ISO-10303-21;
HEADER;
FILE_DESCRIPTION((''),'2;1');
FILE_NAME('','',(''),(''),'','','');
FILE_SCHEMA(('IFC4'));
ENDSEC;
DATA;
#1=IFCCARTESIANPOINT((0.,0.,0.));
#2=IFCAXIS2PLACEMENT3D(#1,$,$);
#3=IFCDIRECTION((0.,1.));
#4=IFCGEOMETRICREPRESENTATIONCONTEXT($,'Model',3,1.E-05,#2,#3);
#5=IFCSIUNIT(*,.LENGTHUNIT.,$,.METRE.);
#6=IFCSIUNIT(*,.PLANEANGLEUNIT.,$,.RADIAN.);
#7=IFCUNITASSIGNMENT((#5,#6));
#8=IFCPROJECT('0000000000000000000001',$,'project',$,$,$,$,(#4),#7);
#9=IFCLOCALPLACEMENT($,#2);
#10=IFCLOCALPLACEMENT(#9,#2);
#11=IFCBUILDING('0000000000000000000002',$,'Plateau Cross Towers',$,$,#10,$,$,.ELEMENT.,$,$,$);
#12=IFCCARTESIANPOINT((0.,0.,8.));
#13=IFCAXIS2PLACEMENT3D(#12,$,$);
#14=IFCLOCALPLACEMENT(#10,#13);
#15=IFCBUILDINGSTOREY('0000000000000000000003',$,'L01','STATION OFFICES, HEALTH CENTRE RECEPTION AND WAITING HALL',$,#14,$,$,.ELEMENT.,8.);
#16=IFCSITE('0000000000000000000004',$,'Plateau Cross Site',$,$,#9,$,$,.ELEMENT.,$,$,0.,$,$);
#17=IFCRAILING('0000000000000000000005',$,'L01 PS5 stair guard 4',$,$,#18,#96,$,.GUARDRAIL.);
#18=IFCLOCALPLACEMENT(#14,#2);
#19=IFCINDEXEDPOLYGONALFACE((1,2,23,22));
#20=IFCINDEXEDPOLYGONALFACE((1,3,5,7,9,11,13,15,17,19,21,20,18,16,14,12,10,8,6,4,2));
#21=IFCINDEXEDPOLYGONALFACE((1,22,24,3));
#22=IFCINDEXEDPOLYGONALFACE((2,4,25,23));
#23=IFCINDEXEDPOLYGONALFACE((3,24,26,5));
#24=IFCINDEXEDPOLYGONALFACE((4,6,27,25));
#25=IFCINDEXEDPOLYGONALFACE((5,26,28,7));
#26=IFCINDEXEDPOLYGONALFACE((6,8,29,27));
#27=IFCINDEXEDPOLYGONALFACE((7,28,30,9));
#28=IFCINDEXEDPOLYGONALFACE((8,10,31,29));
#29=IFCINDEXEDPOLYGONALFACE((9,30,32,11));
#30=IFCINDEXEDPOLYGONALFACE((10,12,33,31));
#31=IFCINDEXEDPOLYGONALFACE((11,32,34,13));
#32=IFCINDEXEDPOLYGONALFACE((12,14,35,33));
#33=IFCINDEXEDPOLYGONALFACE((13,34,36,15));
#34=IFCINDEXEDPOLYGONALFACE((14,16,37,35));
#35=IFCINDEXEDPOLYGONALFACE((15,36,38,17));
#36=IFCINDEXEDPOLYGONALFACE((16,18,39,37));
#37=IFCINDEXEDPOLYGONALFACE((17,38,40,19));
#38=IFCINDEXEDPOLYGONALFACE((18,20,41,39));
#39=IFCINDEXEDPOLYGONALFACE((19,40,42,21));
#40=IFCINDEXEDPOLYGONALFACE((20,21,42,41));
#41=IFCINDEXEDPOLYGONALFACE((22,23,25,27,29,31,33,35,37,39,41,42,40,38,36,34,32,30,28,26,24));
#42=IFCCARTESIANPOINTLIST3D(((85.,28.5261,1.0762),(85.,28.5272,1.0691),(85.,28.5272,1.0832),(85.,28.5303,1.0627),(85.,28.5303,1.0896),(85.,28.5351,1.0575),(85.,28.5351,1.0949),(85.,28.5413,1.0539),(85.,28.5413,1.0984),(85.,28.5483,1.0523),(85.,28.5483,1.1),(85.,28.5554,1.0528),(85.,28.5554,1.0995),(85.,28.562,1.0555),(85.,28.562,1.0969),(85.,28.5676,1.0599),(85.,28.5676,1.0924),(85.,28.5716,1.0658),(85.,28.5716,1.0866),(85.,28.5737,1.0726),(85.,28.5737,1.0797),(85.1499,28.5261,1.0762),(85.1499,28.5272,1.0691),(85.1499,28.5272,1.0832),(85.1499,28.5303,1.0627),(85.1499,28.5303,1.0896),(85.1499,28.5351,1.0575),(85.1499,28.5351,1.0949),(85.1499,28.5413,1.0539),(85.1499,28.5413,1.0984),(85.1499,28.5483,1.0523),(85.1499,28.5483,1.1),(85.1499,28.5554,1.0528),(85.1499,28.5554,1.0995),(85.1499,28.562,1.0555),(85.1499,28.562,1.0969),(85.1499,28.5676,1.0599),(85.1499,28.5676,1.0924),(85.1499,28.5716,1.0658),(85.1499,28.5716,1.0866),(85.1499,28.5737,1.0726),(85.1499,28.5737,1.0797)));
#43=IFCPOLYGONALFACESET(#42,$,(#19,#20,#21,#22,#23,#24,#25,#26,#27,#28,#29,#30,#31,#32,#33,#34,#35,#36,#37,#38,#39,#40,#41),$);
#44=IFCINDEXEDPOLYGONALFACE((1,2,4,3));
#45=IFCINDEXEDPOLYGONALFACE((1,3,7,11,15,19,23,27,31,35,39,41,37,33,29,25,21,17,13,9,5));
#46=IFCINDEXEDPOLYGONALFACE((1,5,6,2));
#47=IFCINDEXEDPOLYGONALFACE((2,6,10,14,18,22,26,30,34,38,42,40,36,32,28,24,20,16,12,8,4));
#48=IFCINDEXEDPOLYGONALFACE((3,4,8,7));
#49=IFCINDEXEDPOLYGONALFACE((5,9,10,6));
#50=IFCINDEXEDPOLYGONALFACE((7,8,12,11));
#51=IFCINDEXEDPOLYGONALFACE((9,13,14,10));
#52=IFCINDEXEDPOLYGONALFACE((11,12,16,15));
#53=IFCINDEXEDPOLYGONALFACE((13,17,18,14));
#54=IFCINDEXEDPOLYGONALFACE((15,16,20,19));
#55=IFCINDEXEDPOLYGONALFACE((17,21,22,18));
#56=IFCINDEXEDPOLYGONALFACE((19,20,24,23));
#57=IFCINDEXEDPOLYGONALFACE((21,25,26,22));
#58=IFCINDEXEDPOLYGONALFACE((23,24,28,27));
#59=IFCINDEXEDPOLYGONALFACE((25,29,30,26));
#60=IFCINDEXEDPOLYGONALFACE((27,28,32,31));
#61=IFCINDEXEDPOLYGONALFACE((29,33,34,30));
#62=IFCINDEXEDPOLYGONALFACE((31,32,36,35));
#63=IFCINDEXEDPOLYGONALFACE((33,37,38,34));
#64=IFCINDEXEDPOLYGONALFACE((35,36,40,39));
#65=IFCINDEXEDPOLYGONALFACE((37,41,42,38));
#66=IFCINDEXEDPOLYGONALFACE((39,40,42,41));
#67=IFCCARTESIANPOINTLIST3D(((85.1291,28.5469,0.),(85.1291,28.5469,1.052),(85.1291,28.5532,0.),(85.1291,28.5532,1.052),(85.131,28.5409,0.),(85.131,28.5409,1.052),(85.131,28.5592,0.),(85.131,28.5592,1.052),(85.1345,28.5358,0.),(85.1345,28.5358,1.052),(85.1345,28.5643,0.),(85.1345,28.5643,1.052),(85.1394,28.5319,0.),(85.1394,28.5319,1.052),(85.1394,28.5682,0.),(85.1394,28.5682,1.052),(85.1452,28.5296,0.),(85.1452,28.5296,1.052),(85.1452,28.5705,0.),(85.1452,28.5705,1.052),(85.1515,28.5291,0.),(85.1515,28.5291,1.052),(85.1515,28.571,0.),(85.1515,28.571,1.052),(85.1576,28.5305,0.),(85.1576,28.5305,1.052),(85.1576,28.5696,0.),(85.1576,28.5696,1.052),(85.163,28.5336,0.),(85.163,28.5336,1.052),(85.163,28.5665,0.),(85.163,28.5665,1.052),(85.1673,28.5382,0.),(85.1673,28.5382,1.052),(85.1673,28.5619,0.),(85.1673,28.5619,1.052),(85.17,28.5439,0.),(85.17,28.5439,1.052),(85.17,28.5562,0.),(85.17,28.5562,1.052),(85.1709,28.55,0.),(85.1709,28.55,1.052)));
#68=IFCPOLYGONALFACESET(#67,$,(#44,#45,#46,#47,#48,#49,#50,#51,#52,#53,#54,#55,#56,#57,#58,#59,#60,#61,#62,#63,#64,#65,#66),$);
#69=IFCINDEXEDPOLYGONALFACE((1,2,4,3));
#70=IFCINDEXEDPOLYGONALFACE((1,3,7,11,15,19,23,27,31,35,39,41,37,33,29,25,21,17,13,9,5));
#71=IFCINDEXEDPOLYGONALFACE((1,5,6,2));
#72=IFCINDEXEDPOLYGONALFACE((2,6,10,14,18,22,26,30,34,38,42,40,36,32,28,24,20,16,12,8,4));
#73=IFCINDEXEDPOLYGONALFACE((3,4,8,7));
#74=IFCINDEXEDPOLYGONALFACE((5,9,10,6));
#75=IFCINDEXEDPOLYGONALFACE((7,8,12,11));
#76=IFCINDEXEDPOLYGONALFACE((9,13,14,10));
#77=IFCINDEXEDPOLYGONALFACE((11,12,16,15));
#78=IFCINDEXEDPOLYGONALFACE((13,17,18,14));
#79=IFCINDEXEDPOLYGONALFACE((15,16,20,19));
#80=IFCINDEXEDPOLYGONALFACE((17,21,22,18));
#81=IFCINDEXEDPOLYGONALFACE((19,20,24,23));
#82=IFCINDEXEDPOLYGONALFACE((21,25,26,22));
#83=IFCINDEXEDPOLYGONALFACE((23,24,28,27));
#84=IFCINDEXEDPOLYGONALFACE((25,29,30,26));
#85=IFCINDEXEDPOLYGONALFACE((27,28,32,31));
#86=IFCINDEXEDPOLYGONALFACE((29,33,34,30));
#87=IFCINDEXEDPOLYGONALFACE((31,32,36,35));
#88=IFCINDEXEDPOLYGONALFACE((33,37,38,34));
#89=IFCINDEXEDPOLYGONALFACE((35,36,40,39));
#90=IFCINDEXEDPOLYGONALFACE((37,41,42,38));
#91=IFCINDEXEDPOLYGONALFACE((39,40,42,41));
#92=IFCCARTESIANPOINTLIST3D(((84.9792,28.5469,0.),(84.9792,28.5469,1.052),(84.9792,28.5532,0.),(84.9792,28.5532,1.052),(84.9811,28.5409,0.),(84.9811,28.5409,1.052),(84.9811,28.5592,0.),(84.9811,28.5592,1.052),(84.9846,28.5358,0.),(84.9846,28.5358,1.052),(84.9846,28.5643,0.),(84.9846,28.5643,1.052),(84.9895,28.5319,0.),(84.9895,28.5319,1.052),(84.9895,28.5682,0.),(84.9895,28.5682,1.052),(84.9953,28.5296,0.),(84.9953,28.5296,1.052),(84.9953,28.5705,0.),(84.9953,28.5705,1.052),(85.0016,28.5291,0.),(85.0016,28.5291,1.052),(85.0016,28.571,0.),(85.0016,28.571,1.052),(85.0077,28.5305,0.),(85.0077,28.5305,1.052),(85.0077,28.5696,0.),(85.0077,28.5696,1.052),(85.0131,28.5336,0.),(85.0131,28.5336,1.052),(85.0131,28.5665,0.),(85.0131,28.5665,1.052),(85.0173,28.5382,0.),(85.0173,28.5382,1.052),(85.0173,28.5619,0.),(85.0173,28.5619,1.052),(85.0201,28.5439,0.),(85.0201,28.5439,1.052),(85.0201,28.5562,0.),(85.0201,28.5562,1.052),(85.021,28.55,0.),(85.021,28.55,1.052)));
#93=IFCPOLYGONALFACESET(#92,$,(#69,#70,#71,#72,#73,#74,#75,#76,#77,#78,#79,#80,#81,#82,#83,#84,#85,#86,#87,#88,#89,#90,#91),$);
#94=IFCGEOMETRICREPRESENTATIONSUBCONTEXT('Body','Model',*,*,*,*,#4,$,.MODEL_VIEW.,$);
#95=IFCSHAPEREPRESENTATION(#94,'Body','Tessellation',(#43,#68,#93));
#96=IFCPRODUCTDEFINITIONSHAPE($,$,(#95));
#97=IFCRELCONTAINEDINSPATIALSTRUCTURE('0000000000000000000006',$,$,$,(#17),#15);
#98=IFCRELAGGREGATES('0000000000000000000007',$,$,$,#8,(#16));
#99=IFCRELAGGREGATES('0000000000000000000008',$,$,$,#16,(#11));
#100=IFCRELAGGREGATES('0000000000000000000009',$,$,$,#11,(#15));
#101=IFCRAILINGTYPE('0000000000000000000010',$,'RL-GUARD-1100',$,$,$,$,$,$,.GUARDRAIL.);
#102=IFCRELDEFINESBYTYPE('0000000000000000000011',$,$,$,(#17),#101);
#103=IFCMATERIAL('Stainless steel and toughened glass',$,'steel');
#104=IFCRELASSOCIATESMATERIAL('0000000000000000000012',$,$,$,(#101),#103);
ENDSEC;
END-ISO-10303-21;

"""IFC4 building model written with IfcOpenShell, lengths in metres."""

from ifc_helpers import new_model, si_unit, direction, frame, origin, origin_2d, place, context, subcontext, project, spatial, circle, extrude, material, type_object, element, save


model = new_model("IFC4")

# Units and contexts
model_context = context("Model", 3, precision=1e-05, world=origin(), true_north=direction((0.0, 1.0)))
body_context = subcontext(model_context, "Body", "Model", "MODEL_VIEW")
ifc_project = project(units=[si_unit("LENGTHUNIT", "METRE"), si_unit("PLANEANGLEUNIT", "RADIAN")], contexts=[model_context])

# Site, building, storey
site_placement = place(None, origin())
site = spatial("IfcSite", under=ifc_project, at=site_placement, Name="Plateau Cross Site", CompositionType="ELEMENT", RefElevation=0.0)
building_placement = place(site_placement, origin())
building = spatial("IfcBuilding", under=site, at=building_placement, Name="Plateau Cross Towers", CompositionType="ELEMENT")
storey_placement = place(building_placement, frame((0.0, 0.0, 8.0)))
storey = spatial("IfcBuildingStorey", under=building, at=storey_placement, Name="L01", Description="STATION OFFICES, HEALTH CENTRE RECEPTION AND WAITING HALL", CompositionType="ELEMENT", Elevation=8.0)

# Railing
ifc_material_1 = material(Name="Stainless steel and toughened glass", Category="steel")
railing_type_1 = type_object("IfcRailingType", Name="RL-GUARD-1100", PredefinedType="GUARDRAIL", material=ifc_material_1)
railing_1_placement = place(storey_placement, frame((85.1499, 28.55, 0.0)))
element("IfcRailing", 1, at=railing_1_placement, inside=storey, type_object=railing_type_1, Name="L01 PS5 stair guard 4", PredefinedType="GUARDRAIL", context=body_context, shape_type="SweptSolid", body=[
    extrude(circle(Radius=0.0239, at=origin_2d()), frame((0.0, 0.0, 1.0762), z_axis=(-1.0, 0.0, 0.0), x_axis=(0.0, -1.0, 0.0)), (0.0, 0.0, 1.0), 0.1499),
    extrude(circle(Radius=0.021, at=origin_2d()), origin(), (0.0, 0.0, 1.0), 1.052),
    extrude(circle(Radius=0.021, at=origin_2d()), frame((-0.1499, 0.0, 0.0)), (0.0, 0.0, 1.0), 1.052),
])

save(model, "model.ifc")
